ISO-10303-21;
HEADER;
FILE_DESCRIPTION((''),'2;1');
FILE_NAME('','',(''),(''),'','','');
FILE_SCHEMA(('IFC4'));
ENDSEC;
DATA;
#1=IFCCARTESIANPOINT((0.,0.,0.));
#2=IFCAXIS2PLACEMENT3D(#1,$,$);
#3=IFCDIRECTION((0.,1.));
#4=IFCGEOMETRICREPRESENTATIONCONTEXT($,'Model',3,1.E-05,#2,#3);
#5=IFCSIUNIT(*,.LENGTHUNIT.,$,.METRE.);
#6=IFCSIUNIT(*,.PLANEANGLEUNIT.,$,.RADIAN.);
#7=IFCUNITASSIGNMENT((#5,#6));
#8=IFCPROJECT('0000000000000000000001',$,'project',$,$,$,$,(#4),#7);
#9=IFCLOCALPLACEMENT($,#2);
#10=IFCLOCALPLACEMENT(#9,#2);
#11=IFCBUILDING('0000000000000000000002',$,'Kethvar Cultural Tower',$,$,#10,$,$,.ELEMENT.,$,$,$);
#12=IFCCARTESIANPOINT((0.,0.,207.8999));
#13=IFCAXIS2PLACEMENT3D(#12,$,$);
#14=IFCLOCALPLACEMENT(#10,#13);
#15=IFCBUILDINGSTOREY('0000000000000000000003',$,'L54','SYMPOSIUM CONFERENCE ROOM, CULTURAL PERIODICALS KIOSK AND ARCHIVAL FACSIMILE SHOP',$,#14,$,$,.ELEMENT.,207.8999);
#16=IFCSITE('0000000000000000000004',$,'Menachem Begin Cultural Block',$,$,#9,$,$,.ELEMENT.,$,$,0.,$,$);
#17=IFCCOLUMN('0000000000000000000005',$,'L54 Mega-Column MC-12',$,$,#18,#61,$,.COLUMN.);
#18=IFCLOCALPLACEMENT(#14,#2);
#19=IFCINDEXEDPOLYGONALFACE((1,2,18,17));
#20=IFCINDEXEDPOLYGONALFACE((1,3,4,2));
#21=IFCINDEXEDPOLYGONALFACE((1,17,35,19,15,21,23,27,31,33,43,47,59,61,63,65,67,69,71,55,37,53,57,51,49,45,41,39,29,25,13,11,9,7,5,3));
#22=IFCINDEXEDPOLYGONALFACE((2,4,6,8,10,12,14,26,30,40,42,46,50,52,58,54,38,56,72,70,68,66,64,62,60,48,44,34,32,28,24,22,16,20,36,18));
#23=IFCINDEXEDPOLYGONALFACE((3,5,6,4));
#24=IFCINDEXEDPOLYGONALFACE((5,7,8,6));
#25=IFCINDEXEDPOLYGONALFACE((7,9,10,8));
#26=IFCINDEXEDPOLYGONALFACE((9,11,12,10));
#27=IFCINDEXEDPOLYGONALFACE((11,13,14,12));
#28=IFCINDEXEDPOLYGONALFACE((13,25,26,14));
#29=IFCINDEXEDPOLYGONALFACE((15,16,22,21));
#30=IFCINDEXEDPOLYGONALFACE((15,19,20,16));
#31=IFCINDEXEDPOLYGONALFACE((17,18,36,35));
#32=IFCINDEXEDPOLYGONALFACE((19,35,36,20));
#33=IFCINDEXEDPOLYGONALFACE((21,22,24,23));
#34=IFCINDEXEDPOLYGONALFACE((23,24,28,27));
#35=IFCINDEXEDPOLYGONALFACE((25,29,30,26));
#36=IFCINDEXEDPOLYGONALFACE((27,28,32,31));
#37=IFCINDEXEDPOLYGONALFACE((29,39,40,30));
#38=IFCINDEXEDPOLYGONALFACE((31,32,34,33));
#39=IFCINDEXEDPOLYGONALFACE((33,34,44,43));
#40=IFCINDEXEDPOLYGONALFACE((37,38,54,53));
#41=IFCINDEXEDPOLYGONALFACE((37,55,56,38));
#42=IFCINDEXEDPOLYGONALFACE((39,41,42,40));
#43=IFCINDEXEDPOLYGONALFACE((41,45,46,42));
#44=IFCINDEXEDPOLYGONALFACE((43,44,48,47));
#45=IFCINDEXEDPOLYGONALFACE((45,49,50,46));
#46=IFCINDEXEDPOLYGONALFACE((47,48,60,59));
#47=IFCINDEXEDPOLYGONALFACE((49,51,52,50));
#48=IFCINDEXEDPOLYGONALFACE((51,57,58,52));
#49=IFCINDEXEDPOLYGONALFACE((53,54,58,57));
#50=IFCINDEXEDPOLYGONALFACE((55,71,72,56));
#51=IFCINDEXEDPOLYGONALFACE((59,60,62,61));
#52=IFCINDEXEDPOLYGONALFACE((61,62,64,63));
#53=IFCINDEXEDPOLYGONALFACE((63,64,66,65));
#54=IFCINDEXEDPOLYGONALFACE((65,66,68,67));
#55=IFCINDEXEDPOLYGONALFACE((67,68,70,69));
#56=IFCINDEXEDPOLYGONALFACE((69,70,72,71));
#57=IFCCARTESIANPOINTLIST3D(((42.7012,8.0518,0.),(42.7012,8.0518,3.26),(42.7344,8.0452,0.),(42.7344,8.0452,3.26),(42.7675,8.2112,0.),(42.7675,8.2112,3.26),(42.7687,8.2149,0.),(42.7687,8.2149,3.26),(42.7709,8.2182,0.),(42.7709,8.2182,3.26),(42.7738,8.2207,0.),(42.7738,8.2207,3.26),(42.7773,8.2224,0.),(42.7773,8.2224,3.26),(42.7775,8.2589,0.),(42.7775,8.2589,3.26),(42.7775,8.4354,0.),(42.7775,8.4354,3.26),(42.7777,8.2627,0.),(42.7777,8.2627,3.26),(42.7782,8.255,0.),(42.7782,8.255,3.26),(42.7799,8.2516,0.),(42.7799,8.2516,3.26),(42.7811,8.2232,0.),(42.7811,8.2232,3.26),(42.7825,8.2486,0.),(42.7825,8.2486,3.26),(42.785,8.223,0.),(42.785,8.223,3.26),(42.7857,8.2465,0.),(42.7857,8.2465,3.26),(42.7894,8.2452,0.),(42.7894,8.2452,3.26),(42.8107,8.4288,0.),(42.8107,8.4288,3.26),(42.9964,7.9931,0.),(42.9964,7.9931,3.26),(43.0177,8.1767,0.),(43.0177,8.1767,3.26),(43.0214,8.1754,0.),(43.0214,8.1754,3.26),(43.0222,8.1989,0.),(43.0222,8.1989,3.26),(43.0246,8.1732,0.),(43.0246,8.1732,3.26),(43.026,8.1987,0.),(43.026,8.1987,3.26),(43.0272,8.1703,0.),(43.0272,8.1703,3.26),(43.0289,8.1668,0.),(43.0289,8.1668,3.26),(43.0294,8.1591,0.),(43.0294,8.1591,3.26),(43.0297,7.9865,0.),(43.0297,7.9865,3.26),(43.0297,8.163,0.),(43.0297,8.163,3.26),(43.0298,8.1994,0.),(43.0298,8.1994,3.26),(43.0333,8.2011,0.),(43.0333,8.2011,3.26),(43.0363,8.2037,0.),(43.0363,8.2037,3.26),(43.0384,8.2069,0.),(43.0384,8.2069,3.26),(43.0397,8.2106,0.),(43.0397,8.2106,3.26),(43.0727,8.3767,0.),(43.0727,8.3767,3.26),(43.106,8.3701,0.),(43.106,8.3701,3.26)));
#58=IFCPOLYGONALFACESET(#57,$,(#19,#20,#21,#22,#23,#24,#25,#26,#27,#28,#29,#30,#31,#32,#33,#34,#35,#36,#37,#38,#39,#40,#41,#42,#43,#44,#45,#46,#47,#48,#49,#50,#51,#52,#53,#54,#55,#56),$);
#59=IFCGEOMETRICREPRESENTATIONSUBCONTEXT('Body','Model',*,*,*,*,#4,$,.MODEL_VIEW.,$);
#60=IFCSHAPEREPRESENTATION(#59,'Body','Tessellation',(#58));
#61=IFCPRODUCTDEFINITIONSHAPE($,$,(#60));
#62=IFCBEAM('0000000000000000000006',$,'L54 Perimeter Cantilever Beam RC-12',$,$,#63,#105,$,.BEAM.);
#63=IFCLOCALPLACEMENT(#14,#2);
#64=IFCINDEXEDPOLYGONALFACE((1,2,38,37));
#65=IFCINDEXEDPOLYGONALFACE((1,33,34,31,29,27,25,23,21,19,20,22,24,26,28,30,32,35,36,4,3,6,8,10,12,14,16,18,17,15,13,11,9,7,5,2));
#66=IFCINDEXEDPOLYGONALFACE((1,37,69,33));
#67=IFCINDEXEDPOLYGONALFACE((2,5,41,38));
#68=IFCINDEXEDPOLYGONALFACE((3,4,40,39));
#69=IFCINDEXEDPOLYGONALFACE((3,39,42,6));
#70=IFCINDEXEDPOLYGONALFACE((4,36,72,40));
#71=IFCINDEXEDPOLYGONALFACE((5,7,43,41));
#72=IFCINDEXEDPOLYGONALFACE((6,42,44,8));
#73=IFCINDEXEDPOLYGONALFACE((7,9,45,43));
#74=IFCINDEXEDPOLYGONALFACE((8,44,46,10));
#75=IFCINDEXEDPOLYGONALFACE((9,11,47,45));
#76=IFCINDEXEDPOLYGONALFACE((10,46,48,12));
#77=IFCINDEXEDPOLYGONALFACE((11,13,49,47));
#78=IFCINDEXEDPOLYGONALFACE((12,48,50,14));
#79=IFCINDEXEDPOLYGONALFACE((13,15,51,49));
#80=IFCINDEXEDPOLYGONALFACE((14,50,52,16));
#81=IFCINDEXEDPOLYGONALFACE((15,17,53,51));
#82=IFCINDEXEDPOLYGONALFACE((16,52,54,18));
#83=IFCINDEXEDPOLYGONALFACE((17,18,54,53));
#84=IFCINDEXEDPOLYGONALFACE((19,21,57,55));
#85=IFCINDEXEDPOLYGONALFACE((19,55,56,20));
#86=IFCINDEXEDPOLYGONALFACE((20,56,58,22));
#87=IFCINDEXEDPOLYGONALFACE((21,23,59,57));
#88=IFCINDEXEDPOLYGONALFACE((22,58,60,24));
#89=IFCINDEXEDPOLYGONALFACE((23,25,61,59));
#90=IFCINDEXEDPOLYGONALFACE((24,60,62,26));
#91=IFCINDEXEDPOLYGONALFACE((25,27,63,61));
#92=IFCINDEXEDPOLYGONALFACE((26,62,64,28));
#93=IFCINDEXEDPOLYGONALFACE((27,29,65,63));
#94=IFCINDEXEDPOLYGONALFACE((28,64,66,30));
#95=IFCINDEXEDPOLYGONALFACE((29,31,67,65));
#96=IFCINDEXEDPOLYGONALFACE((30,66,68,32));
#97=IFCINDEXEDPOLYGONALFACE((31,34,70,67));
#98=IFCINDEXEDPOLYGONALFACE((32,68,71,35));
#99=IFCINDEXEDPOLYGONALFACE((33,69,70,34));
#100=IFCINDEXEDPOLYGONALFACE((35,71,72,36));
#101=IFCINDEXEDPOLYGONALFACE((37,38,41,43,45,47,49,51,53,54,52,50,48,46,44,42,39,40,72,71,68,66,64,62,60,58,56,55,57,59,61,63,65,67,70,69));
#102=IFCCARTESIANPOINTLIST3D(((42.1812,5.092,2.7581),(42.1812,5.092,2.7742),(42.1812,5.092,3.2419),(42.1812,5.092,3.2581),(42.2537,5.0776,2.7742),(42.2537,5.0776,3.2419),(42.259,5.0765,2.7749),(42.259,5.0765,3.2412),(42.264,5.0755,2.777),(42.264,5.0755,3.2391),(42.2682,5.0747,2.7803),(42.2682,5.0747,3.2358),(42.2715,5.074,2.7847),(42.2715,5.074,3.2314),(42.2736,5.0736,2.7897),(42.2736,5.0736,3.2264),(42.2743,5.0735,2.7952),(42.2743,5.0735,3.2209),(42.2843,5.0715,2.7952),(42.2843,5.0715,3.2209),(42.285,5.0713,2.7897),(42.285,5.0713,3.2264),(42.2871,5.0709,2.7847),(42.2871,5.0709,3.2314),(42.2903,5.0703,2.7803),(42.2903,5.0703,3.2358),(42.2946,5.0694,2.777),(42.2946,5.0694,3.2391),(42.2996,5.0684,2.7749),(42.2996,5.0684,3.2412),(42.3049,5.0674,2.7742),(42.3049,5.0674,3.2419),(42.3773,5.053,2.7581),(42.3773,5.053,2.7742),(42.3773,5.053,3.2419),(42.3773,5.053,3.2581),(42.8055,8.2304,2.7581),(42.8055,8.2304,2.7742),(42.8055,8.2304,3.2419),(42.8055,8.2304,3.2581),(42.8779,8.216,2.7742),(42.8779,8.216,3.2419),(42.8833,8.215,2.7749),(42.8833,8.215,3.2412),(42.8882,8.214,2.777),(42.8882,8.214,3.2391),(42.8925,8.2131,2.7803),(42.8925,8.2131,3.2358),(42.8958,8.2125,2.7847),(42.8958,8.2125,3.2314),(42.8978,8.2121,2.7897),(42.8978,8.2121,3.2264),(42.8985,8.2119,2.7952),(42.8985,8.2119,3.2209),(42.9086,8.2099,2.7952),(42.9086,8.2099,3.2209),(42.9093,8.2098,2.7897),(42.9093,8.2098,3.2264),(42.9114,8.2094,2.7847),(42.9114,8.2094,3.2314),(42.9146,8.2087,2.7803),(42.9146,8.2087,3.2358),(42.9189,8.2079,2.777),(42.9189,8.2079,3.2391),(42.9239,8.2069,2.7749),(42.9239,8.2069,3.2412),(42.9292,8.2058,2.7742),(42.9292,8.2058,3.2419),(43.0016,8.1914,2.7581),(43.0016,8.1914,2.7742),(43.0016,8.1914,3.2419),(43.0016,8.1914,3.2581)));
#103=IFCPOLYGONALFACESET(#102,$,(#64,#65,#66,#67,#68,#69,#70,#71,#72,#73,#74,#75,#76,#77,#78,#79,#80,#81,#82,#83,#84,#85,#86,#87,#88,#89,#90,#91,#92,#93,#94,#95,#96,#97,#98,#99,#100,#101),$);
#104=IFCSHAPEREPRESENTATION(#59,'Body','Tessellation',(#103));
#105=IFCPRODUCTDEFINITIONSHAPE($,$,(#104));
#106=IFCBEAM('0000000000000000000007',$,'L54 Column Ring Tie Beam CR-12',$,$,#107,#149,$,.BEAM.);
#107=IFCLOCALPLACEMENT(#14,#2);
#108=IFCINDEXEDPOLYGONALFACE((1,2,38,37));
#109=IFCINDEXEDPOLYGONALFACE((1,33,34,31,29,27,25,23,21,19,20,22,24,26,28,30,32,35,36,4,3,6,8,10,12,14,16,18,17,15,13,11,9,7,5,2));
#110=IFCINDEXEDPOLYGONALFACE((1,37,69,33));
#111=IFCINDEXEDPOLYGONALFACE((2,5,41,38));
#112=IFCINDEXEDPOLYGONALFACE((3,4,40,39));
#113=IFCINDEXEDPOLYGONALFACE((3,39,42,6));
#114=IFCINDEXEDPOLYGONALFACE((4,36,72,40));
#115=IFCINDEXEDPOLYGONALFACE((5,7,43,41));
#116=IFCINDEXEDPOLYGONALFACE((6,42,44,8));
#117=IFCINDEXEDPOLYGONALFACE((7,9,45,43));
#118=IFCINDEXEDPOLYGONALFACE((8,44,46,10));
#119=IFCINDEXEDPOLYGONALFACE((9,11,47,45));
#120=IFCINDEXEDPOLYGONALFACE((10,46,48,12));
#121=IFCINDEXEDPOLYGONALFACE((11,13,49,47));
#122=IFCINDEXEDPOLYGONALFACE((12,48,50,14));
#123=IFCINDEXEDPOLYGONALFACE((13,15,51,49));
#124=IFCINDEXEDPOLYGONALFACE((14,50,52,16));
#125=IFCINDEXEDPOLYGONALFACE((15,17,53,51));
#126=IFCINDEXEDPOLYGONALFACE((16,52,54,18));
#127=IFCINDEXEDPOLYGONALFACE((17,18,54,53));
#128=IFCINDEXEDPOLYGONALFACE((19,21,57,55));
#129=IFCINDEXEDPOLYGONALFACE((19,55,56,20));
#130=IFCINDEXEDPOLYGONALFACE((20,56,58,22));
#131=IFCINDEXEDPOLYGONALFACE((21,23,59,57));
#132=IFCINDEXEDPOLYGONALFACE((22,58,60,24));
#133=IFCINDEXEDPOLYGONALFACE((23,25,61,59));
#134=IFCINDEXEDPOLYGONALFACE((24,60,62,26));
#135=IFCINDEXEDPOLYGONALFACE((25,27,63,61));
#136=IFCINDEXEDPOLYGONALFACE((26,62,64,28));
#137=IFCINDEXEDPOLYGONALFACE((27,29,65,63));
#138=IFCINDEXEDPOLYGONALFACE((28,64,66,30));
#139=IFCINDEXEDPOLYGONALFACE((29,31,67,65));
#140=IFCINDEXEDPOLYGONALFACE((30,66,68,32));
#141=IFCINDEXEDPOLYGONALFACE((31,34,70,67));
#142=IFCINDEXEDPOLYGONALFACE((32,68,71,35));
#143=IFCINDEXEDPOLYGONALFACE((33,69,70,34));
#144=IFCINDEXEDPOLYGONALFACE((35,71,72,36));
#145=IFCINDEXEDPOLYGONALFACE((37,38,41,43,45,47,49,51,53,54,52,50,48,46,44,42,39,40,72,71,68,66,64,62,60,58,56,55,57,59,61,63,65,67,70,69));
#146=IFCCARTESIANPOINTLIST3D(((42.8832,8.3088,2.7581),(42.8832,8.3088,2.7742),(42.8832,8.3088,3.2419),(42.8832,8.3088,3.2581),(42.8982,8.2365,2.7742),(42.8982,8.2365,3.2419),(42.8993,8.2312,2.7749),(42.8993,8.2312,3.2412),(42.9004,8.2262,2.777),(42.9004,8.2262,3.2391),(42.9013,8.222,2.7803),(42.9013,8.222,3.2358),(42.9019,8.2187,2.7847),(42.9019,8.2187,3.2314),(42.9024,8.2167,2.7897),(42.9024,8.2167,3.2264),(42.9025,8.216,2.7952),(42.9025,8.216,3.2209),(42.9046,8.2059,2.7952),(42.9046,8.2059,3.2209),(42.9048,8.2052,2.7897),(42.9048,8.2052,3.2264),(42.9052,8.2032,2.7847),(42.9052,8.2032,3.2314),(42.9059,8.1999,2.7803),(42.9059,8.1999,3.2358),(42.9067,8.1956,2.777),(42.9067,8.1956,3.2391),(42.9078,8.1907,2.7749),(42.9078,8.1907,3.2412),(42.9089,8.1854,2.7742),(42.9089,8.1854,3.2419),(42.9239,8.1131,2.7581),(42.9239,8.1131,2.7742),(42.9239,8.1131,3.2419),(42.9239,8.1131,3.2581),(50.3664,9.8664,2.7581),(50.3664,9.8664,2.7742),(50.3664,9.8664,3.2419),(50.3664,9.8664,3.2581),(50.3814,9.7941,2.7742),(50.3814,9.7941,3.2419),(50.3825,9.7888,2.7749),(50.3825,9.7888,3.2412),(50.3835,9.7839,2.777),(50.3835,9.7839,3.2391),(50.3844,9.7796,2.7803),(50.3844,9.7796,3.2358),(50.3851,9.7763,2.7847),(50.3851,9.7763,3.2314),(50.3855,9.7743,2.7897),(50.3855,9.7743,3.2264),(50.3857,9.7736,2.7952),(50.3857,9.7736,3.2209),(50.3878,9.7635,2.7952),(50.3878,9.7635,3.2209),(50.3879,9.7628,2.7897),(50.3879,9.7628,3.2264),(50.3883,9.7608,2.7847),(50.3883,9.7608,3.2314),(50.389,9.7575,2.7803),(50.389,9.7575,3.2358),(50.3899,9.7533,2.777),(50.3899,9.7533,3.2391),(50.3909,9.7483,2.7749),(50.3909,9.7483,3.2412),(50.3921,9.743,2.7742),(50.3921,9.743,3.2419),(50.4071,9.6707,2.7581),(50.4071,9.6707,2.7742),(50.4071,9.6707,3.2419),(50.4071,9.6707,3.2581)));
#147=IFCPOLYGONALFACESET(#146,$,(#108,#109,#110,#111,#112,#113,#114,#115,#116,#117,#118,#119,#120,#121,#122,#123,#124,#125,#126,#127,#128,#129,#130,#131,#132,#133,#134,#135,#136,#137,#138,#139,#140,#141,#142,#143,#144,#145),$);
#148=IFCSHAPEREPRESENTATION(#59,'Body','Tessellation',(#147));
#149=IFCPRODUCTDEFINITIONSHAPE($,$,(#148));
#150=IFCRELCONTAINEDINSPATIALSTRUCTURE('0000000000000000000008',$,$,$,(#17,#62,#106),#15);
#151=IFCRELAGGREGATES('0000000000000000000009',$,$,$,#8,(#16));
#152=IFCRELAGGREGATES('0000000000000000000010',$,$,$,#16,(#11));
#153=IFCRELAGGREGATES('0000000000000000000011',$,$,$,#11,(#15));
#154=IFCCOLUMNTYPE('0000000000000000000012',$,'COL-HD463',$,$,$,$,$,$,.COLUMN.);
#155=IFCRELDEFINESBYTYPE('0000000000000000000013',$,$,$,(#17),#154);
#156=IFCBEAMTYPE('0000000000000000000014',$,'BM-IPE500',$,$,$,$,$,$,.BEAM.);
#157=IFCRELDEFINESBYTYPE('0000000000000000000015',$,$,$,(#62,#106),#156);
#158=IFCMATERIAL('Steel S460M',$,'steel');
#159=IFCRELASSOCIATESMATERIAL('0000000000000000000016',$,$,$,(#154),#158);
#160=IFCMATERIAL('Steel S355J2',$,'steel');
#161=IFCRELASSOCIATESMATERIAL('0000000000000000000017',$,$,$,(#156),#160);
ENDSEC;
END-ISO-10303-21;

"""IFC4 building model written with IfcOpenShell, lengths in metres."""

from ifc_helpers import new_model, si_unit, direction, frame, origin, origin_2d, place, context, subcontext, project, spatial, i_section, extrude, source, transform, mapped, material, material_profile, profile_set, type_object, element, save


model = new_model("IFC4")

# Units and contexts
model_context = context("Model", 3, precision=1e-05, world=origin(), true_north=direction((0.0, 1.0)))
body_context = subcontext(model_context, "Body", "Model", "MODEL_VIEW")
ifc_project = project(units=[si_unit("LENGTHUNIT", "METRE"), si_unit("PLANEANGLEUNIT", "RADIAN")], contexts=[model_context])

# Site, building, storey
site_placement = place(None, origin())
site = spatial("IfcSite", under=ifc_project, at=site_placement, Name="Menachem Begin Cultural Block", CompositionType="ELEMENT", RefElevation=0.0)
building_placement = place(site_placement, origin())
building = spatial("IfcBuilding", under=site, at=building_placement, Name="Kethvar Cultural Tower", CompositionType="ELEMENT")
storey_placement = place(building_placement, frame((0.0, 0.0, 207.8999)))
storey = spatial("IfcBuildingStorey", under=building, at=storey_placement, Name="L54", Description="SYMPOSIUM CONFERENCE ROOM, CULTURAL PERIODICALS KIOSK AND ARCHIVAL FACSIMILE SHOP", CompositionType="ELEMENT", Elevation=207.8999)

# Column
ifc_material_1 = material(Name="Steel S460M", Category="steel")
ifc_material_profile_1 = material_profile(ifc_material_1, i_section(OverallWidth=0.3911, OverallDepth=0.335, WebThickness=0.0227, FlangeThickness=0.0339, FilletRadius=0.0149, at=origin_2d()), Name="Steel S460M — HD400x463")
ifc_profile_set_1 = profile_set([ifc_material_profile_1], Name="Steel S460M — HD400x463")
column_type = type_object("IfcColumnType", Name="COL-HD463", PredefinedType="COLUMN", material=ifc_profile_set_1)
shared_shape_1 = source(origin(), body_context, "Body", "SweptSolid", [
    extrude(i_section(OverallWidth=0.3911, OverallDepth=0.335, WebThickness=0.0227, FlangeThickness=0.0339, FilletRadius=0.0149, at=origin_2d()), origin(), (0.0, 0.0, 1.0), 3.26),
])
column_placement = place(storey_placement, frame((42.9036, 8.2109, 0.0), z_axis=(0.0, 0.0, 1.0), x_axis=(-0.19509, -0.980785, 0.0)))
element("IfcColumn", 1, at=column_placement, inside=storey, type_object=column_type, Name="L54 Mega-Column MC-12", PredefinedType="COLUMN", context=body_context, shape_type="MappedRepresentation", body=[
    mapped(shared_shape_1, transform((0.0, 0.0, 0.0), scale=1.0)),
])

# Beams
ifc_material_2 = material(Name="Steel S355J2", Category="steel")
ifc_material_profile_2 = material_profile(ifc_material_2, i_section(OverallWidth=0.2, OverallDepth=0.5, WebThickness=0.0103, FlangeThickness=0.0161, FilletRadius=0.021, at=origin_2d()), Name="Steel S355J2 — IPE500")
ifc_profile_set_2 = profile_set([ifc_material_profile_2], Name="Steel S355J2 — IPE500")
beam_type_1 = type_object("IfcBeamType", Name="BM-IPE500", PredefinedType="BEAM", material=ifc_profile_set_2)
shared_shape_2 = source(origin(), body_context, "Body", "SweptSolid", [
    extrude(i_section(OverallWidth=0.2, OverallDepth=0.5, WebThickness=0.0103, FlangeThickness=0.0161, FilletRadius=0.021, at=origin_2d()), origin(), (0.0, 0.0, 1.0), 3.2),
])
beam_1_placement = place(storey_placement, frame((42.9036, 8.2109, 3.0081), z_axis=(-0.195089, -0.980786, 0.0), x_axis=(0.980786, -0.195089, 0.0)))
element("IfcBeam", 2, at=beam_1_placement, inside=storey, type_object=beam_type_1, Name="L54 Perimeter Cantilever Beam RC-12", PredefinedType="BEAM", context=body_context, shape_type="MappedRepresentation", body=[
    mapped(shared_shape_2, transform((0.0, 0.0, 0.0), scale=1.0)),
])
shared_shape_3 = source(origin(), body_context, "Body", "SweptSolid", [
    extrude(i_section(OverallWidth=0.2, OverallDepth=0.5, WebThickness=0.0103, FlangeThickness=0.0161, FilletRadius=0.021, at=origin_2d()), origin(), (0.0, 0.0, 1.0), 7.6436),
])
beam_2_placement = place(storey_placement, frame((42.9036, 8.2109, 3.0081), z_axis=(0.979016, 0.203782, 0.0), x_axis=(-0.203782, 0.979016, 0.0)))
element("IfcBeam", 3, at=beam_2_placement, inside=storey, type_object=beam_type_1, Name="L54 Column Ring Tie Beam CR-12", PredefinedType="BEAM", context=body_context, shape_type="MappedRepresentation", body=[
    mapped(shared_shape_3, transform((0.0, 0.0, 0.0), scale=1.0)),
])

save(model, "model.ifc")
